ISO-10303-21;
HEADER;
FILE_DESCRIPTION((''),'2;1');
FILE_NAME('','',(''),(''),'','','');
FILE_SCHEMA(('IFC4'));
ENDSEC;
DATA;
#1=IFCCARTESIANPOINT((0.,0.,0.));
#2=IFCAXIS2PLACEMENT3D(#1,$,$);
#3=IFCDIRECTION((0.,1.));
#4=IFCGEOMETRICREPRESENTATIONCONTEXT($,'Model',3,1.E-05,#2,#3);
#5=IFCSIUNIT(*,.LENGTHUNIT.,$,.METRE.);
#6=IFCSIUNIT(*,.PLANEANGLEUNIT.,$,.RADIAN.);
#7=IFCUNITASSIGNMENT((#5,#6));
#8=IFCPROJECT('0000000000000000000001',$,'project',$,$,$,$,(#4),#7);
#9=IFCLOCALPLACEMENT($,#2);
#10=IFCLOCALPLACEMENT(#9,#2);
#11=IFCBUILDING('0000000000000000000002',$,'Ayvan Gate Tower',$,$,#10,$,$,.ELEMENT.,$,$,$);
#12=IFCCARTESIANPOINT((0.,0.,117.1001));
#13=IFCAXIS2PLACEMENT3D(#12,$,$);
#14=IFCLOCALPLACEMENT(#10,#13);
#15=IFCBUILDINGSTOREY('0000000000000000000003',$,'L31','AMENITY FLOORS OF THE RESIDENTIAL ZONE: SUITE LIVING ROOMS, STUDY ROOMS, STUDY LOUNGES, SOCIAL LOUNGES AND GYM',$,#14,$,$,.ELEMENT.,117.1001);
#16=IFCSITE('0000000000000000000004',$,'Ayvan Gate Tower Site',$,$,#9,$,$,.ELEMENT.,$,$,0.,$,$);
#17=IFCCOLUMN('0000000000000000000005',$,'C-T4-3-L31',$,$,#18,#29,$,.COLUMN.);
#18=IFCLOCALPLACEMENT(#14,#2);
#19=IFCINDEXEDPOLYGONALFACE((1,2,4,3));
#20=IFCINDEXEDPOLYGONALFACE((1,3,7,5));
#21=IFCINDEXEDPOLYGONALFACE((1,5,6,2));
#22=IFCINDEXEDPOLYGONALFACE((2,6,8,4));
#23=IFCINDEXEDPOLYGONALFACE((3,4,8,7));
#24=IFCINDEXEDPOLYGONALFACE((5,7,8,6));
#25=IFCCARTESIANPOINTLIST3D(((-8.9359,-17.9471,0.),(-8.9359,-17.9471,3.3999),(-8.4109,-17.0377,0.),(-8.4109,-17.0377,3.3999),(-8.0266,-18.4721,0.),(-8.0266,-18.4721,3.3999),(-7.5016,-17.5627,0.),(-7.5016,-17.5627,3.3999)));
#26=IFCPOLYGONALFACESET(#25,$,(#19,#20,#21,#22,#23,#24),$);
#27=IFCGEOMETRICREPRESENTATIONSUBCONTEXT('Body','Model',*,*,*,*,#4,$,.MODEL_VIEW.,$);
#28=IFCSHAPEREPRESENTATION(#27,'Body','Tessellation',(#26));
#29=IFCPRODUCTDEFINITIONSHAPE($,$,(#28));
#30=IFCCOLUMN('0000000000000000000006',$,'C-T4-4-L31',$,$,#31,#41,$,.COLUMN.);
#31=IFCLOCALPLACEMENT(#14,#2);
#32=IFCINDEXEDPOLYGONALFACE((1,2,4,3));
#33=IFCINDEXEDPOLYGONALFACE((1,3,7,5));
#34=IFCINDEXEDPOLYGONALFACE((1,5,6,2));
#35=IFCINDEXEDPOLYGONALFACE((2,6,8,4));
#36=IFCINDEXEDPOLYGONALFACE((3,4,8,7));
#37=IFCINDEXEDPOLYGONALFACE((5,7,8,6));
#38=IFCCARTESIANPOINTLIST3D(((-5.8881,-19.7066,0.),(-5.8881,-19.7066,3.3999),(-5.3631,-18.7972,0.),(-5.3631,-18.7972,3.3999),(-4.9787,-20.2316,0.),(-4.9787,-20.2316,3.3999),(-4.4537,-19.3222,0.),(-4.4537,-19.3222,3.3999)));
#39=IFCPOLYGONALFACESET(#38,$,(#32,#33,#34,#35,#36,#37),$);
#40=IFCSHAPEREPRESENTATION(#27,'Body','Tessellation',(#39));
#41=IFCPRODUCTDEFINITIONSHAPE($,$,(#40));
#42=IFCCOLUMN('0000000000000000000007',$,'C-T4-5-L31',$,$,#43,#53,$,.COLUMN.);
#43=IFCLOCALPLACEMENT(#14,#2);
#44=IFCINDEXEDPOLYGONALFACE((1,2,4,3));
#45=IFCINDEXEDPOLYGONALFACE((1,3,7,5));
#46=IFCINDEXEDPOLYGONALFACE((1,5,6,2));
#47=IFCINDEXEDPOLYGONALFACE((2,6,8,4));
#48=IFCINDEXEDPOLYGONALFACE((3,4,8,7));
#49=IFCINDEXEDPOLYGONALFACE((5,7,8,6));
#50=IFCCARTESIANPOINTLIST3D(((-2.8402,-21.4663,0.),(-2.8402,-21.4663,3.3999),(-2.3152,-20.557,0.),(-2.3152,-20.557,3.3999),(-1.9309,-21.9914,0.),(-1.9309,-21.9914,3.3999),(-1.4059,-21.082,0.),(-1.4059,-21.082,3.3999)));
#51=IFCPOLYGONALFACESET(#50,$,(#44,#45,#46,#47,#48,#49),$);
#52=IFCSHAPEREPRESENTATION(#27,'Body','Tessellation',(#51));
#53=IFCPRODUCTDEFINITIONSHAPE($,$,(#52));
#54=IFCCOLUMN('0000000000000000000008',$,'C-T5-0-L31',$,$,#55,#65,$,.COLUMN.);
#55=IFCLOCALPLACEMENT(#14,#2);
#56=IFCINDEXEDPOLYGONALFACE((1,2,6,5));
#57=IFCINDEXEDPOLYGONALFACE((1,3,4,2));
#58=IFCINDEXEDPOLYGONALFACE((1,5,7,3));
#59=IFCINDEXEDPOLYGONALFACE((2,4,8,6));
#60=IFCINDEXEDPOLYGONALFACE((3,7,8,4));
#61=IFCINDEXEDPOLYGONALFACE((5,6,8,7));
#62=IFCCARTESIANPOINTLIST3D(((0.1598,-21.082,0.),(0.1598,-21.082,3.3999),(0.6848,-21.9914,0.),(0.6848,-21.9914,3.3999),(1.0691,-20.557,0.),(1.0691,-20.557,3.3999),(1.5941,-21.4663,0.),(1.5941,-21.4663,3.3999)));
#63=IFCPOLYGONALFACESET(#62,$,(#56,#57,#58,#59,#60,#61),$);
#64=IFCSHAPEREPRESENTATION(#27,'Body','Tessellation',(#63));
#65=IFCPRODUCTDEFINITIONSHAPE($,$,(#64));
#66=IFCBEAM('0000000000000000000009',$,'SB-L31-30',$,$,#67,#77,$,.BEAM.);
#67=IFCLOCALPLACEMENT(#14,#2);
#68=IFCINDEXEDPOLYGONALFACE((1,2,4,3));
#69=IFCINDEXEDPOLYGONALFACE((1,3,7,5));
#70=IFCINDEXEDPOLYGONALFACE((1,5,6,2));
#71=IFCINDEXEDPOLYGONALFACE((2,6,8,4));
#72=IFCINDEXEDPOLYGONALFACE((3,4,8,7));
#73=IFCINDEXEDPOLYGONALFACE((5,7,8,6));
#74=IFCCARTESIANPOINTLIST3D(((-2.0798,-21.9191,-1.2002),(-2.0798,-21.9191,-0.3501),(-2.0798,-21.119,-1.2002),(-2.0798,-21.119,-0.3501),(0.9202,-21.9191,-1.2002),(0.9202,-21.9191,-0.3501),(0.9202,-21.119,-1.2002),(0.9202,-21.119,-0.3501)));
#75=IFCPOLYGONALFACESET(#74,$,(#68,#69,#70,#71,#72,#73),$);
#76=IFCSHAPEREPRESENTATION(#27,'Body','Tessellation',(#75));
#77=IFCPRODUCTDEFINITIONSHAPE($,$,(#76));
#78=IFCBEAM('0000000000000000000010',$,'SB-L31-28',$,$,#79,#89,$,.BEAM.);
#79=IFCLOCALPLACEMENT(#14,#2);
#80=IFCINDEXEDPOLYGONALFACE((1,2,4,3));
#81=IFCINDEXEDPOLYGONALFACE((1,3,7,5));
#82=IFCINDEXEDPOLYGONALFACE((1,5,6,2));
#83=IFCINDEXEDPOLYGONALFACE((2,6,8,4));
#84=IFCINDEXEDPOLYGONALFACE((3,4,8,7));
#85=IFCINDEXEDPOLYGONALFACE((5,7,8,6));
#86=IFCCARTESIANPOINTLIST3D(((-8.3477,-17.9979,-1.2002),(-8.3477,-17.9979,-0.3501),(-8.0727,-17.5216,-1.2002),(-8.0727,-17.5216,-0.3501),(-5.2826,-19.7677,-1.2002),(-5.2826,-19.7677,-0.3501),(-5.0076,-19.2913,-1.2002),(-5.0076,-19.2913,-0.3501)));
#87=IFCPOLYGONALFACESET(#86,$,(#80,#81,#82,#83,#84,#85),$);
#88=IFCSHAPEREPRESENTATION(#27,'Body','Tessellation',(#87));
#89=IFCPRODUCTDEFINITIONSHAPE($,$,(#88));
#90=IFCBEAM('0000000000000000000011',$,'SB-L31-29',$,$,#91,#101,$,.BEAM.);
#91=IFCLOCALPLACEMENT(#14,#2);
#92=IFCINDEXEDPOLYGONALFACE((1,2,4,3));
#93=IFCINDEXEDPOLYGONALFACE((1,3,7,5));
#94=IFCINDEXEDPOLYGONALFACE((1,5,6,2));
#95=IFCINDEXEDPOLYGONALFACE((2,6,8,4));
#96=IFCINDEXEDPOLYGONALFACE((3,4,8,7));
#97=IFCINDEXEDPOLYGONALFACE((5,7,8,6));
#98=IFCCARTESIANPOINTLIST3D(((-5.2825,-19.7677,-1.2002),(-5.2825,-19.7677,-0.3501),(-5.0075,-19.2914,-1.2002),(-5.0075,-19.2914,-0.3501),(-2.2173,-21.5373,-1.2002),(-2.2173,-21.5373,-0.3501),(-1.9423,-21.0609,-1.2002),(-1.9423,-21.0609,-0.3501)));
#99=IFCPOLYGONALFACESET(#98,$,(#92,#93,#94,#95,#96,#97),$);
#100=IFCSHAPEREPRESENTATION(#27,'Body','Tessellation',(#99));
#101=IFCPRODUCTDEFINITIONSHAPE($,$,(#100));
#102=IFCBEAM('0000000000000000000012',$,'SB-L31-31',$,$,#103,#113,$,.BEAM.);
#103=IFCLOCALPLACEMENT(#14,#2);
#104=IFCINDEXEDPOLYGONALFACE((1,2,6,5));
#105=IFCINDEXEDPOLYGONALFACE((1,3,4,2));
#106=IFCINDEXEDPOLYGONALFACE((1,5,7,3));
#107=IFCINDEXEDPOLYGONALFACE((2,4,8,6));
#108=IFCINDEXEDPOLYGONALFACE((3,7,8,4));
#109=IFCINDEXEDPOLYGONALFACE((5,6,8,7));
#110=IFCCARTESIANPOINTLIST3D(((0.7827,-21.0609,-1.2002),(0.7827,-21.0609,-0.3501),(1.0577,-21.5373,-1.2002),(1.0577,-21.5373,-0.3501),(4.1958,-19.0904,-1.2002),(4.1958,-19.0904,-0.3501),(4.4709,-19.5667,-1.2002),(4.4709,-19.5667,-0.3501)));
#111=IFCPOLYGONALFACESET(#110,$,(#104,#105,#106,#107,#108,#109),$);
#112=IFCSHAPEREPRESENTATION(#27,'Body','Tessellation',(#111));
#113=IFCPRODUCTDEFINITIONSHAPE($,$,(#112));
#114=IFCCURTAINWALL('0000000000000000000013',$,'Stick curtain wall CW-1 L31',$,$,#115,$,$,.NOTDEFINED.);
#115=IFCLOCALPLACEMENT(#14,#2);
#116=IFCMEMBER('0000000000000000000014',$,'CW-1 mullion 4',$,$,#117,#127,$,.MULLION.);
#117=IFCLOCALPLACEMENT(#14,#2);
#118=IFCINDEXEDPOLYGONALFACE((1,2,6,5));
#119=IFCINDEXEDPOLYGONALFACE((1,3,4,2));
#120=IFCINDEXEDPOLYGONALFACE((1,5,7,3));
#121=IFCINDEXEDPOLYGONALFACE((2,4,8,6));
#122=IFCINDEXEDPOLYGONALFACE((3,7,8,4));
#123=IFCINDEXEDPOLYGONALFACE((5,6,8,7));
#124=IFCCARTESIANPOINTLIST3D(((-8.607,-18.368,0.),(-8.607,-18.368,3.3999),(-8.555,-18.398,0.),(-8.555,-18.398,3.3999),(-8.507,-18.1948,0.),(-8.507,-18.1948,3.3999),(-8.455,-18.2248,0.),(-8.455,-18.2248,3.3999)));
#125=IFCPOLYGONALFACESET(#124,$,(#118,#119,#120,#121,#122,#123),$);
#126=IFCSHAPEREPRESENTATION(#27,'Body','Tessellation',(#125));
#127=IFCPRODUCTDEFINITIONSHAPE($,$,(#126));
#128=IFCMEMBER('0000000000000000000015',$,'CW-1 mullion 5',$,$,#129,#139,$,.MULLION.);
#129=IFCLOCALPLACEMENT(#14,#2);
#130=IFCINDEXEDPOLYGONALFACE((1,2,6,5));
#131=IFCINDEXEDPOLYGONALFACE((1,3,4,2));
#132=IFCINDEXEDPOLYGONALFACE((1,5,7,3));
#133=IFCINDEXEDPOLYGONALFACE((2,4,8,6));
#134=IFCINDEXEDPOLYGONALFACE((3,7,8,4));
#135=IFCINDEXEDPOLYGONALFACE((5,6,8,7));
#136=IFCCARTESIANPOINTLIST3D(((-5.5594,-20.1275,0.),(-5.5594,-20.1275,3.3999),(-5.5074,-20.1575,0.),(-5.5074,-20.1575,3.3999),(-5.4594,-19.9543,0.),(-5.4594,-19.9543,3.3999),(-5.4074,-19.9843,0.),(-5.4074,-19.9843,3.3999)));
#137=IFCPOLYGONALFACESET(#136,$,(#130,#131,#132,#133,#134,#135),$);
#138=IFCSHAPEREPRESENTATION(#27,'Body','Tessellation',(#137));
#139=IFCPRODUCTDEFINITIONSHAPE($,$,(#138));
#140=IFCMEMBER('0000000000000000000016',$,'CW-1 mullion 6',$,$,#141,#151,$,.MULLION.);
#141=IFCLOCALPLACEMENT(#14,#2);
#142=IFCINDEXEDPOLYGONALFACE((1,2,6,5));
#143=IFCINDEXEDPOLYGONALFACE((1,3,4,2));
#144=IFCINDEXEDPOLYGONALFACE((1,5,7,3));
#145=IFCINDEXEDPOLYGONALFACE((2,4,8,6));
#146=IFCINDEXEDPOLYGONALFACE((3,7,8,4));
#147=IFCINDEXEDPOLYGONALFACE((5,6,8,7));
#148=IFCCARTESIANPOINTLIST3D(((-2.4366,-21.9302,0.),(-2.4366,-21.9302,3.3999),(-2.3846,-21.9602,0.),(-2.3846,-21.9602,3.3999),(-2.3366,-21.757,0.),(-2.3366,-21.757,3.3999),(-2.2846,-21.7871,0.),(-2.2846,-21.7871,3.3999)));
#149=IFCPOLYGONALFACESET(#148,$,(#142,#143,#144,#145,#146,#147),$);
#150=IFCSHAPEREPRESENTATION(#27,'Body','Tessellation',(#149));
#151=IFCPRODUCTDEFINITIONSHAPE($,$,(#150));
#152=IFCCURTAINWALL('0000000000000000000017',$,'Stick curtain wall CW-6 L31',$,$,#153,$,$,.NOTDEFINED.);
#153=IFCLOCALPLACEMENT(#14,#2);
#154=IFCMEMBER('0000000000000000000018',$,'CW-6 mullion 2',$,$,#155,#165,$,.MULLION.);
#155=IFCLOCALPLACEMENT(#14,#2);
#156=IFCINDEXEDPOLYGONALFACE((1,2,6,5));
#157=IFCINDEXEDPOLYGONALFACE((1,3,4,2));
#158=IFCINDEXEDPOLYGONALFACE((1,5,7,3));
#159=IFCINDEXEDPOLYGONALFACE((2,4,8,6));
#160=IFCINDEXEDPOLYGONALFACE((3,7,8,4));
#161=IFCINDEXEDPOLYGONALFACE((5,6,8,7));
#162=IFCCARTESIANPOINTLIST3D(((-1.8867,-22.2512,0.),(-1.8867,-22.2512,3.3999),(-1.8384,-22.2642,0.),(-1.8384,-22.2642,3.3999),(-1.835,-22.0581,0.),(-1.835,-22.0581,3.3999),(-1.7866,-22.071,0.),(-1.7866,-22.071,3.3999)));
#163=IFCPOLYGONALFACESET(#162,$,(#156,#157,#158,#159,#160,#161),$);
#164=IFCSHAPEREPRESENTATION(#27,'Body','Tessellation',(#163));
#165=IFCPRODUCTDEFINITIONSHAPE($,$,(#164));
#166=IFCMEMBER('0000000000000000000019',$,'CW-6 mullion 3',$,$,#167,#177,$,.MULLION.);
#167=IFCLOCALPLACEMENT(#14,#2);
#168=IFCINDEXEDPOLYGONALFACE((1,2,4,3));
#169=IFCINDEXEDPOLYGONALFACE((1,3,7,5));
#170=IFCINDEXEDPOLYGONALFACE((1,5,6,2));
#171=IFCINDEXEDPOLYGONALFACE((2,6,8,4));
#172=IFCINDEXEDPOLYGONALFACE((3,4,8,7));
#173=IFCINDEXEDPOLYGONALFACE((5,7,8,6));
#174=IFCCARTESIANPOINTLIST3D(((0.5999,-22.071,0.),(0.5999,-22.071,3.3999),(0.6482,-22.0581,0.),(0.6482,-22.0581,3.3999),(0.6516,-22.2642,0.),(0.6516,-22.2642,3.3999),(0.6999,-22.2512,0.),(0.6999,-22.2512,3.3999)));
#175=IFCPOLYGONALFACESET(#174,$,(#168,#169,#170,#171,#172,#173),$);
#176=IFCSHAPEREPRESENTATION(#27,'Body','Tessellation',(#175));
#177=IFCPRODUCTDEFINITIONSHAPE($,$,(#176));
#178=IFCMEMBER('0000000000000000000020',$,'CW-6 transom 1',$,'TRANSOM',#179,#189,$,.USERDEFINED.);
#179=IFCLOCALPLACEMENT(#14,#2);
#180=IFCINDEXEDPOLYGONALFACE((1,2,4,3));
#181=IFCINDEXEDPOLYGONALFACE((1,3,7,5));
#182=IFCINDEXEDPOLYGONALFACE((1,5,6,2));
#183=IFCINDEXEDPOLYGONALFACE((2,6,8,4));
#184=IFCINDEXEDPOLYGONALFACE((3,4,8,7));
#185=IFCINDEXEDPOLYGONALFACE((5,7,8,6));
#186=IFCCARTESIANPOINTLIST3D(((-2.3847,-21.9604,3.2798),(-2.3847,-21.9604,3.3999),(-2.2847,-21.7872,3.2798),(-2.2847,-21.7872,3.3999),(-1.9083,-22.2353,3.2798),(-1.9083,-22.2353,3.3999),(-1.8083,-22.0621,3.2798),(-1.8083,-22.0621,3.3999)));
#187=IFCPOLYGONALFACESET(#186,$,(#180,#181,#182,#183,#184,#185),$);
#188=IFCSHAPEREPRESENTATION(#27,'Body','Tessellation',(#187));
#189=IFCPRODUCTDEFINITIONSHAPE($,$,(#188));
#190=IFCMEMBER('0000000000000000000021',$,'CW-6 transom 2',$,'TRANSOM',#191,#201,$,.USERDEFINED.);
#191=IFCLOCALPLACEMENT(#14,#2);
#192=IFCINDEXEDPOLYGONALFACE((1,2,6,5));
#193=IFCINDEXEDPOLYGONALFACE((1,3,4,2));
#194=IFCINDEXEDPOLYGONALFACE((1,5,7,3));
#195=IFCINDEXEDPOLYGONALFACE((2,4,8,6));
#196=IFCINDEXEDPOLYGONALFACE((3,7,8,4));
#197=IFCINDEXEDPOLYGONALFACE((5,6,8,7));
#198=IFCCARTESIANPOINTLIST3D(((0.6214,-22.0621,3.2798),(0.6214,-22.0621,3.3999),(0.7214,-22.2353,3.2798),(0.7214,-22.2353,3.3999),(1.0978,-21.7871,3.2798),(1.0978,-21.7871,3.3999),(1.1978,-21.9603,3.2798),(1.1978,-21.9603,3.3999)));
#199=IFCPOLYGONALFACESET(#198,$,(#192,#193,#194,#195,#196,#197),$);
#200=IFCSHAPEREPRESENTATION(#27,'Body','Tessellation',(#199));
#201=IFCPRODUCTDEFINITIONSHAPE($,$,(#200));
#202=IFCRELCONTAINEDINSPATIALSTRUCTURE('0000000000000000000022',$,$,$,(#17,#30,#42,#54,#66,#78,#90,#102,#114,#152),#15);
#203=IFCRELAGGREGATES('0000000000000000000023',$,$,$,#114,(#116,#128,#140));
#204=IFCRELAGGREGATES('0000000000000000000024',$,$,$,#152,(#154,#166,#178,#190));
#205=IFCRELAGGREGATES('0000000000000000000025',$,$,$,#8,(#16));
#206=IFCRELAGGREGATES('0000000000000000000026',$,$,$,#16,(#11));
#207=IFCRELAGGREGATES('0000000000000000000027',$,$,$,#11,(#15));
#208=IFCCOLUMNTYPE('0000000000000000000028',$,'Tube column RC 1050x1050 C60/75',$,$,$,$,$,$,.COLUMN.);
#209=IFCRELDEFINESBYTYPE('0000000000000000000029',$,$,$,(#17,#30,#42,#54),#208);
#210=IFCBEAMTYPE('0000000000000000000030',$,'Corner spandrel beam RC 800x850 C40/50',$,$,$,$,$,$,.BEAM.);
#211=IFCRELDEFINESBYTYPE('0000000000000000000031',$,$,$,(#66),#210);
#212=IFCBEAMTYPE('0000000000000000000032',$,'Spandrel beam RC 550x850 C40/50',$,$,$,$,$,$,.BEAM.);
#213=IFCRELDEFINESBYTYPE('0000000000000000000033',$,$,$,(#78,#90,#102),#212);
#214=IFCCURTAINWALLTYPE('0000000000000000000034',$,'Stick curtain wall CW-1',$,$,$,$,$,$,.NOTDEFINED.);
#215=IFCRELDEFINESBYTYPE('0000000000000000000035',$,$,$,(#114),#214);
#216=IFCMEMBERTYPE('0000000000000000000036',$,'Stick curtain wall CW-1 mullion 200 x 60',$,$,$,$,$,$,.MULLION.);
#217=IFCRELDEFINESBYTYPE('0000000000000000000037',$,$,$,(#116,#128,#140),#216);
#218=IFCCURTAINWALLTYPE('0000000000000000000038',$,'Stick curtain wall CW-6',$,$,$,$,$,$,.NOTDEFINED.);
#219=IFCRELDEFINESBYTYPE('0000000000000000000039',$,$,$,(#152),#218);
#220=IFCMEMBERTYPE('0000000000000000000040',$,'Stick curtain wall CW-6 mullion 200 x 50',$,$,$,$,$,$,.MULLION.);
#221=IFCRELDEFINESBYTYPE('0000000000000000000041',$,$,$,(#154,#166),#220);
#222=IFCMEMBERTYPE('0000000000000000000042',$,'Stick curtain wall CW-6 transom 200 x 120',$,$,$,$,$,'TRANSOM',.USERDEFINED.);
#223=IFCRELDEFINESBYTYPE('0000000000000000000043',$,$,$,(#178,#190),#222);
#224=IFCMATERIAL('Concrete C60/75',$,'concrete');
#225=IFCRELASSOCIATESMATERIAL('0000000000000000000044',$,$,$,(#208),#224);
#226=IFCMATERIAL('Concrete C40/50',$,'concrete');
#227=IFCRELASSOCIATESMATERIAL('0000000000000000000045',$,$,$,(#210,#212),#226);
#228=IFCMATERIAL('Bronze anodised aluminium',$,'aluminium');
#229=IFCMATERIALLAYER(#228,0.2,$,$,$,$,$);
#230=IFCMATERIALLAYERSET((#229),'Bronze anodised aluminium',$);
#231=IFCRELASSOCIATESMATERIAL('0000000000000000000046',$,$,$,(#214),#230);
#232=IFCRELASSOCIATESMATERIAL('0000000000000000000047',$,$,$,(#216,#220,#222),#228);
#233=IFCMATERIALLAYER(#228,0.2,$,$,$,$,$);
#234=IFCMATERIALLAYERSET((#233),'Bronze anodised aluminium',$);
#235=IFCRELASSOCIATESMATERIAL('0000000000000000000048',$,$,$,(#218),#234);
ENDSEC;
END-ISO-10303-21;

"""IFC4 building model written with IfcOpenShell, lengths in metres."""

from ifc_helpers import new_model, si_unit, direction, frame, origin, origin_2d, place, context, subcontext, project, spatial, rectangle, extrude, material, layer, layer_set, material_profile, profile_set, type_object, element, aggregate, save


model = new_model("IFC4")

# Units and contexts
model_context = context("Model", 3, precision=1e-05, world=origin(), true_north=direction((0.0, 1.0)))
body_context = subcontext(model_context, "Body", "Model", "MODEL_VIEW")
ifc_project = project(units=[si_unit("LENGTHUNIT", "METRE"), si_unit("PLANEANGLEUNIT", "RADIAN")], contexts=[model_context])

# Site, building, storey
site_placement = place(None, origin())
site = spatial("IfcSite", under=ifc_project, at=site_placement, Name="Ayvan Gate Tower Site", CompositionType="ELEMENT", RefElevation=0.0)
building_placement = place(site_placement, origin())
building = spatial("IfcBuilding", under=site, at=building_placement, Name="Ayvan Gate Tower", CompositionType="ELEMENT")
storey_placement = place(building_placement, frame((0.0, 0.0, 117.1001)))
storey = spatial("IfcBuildingStorey", under=building, at=storey_placement, Name="L31", Description="AMENITY FLOORS OF THE RESIDENTIAL ZONE: SUITE LIVING ROOMS, STUDY ROOMS, STUDY LOUNGES, SOCIAL LOUNGES AND GYM", CompositionType="ELEMENT", Elevation=117.1001)

# Columns
ifc_material_1 = material(Name="Concrete C60/75", Category="concrete")
ifc_material_profile_1 = material_profile(ifc_material_1, rectangle(XDim=1.05, YDim=1.05, at=origin_2d()), Name="RC 1050x1050")
ifc_profile_set_1 = profile_set([ifc_material_profile_1], Name="Concrete C60/75")
column_type = type_object("IfcColumnType", Name="Tube column RC 1050x1050 C60/75", PredefinedType="COLUMN", material=ifc_profile_set_1)
for number, where, z_axis, x_axis, name in (
    (1, (-8.2188, -17.7549, 0.0), (0.0, 0.0, 1.0), (-0.5, -0.866025, 0.0), "C-T4-3-L31"),
    (2, (-5.1709, -19.5144, 0.0), (0.0, 0.0, 1.0), (-0.5, -0.866025, 0.0), "C-T4-4-L31"),
    (3, (-2.123, -21.2742, 0.0), (0.0, 0.0, 1.0), (-0.5, -0.866025, 0.0), "C-T4-5-L31"),
    (4, (0.877, -21.2742, 0.0), (0.0, 0.0, 1.0), (0.5, -0.866025, 0.0), "C-T5-0-L31"),
):
    element("IfcColumn", number, at=place(storey_placement, frame(where, z_axis=z_axis, x_axis=x_axis)), inside=storey, type_object=column_type, Name=name, PredefinedType="COLUMN", context=body_context, shape_type="SweptSolid", body=[
        extrude(rectangle(XDim=1.05, YDim=1.05, at=origin_2d()), origin(), (0.0, 0.0, 1.0), 3.3999),
    ])

# Beams
ifc_material_2 = material(Name="Concrete C40/50", Category="concrete")
ifc_material_profile_2 = material_profile(ifc_material_2, rectangle(XDim=0.8, YDim=0.8501, at=origin_2d()), Name="RC 800x850")
ifc_profile_set_2 = profile_set([ifc_material_profile_2], Name="Concrete C40/50")
beam_type_1 = type_object("IfcBeamType", Name="Corner spandrel beam RC 800x850 C40/50", PredefinedType="BEAM", material=ifc_profile_set_2)
beam_1_placement = place(storey_placement, frame((-2.0798, -21.519, -0.7751), z_axis=(1.0, 0.0, 0.0), x_axis=(0.0, 1.0, 0.0)))
element("IfcBeam", 5, at=beam_1_placement, inside=storey, type_object=beam_type_1, Name="SB-L31-30", PredefinedType="BEAM", context=body_context, shape_type="SweptSolid", body=[
    extrude(rectangle(XDim=0.8, YDim=0.8501, at=origin_2d()), origin(), (0.0, 0.0, 1.0), 3.0),
])
ifc_material_profile_3 = material_profile(ifc_material_2, rectangle(XDim=0.55, YDim=0.8501, at=origin_2d()), Name="RC 550x850")
ifc_profile_set_3 = profile_set([ifc_material_profile_3], Name="Concrete C40/50")
beam_type_2 = type_object("IfcBeamType", Name="Spandrel beam RC 550x850 C40/50", PredefinedType="BEAM", material=ifc_profile_set_3)
for number, where, z_axis, x_axis, name in (
    (6, (-8.2102, -17.7598, -0.7751), (0.866014, -0.500019, 0.0), (0.500019, 0.866014, 0.0), "SB-L31-28"),
    (7, (-5.145, -19.5295, -0.7751), (0.866044, -0.499967, 0.0), (0.499967, 0.866044, 0.0), "SB-L31-29"),
):
    element("IfcBeam", number, at=place(storey_placement, frame(where, z_axis=z_axis, x_axis=x_axis)), inside=storey, type_object=beam_type_2, Name=name, PredefinedType="BEAM", context=body_context, shape_type="SweptSolid", body=[
        extrude(rectangle(XDim=0.55, YDim=0.8501, at=origin_2d()), origin(), (0.0, 0.0, 1.0), 3.5393),
    ])
beam_2_placement = place(storey_placement, frame((0.9202, -21.2991, -0.7751), z_axis=(0.866035, 0.499983, 0.0), x_axis=(-0.499983, 0.866035, 0.0)))
element("IfcBeam", 8, at=beam_2_placement, inside=storey, type_object=beam_type_2, Name="SB-L31-31", PredefinedType="BEAM", context=body_context, shape_type="SweptSolid", body=[
    extrude(rectangle(XDim=0.55, YDim=0.8501, at=origin_2d()), origin(), (0.0, 0.0, 1.0), 3.9412),
])

# Curtain walls, members
ifc_material_3 = material(Name="Bronze anodised aluminium", Category="aluminium")
ifc_layer_1 = layer(ifc_material_3, 0.2)
ifc_layer_set_1 = layer_set([ifc_layer_1], Name="Bronze anodised aluminium")
curtain_wall_type_1 = type_object("IfcCurtainWallType", Name="Stick curtain wall CW-1", PredefinedType="NOTDEFINED", material=ifc_layer_set_1)
curtain_wall_1_placement = place(storey_placement, origin())
curtain_wall_1 = element("IfcCurtainWall", 9, at=curtain_wall_1_placement, inside=storey, type_object=curtain_wall_type_1, Name="Stick curtain wall CW-1 L31", PredefinedType="NOTDEFINED")
ifc_material_profile_4 = material_profile(ifc_material_3, rectangle(XDim=0.2, YDim=0.0601, at=origin_2d()), Name="Stick curtain wall CW-1 mullion 200 x 60")
ifc_profile_set_4 = profile_set([ifc_material_profile_4], Name="Bronze anodised aluminium")
member_type_1 = type_object("IfcMemberType", Name="Stick curtain wall CW-1 mullion 200 x 60", PredefinedType="MULLION", material=ifc_profile_set_4)
member_1_placement = place(storey_placement, frame((-8.531, -18.2964, 0.0), z_axis=(0.0, 0.0, 1.0), x_axis=(-0.5, -0.866025, 0.0)))
member_1 = element("IfcMember", 10, at=member_1_placement, type_object=member_type_1, Name="CW-1 mullion 4", PredefinedType="MULLION", context=body_context, shape_type="SweptSolid", body=[
    extrude(rectangle(XDim=0.2, YDim=0.0601, at=origin_2d()), origin(), (0.0, 0.0, 1.0), 3.3999),
])
member_2_placement = place(storey_placement, frame((-5.4834, -20.0559, 0.0), z_axis=(0.0, 0.0, 1.0), x_axis=(-0.5, -0.866025, 0.0)))
member_2 = element("IfcMember", 11, at=member_2_placement, type_object=member_type_1, Name="CW-1 mullion 5", PredefinedType="MULLION", context=body_context, shape_type="SweptSolid", body=[
    extrude(rectangle(XDim=0.2, YDim=0.0601, at=origin_2d()), origin(), (0.0, 0.0, 1.0), 3.3999),
])
member_3_placement = place(storey_placement, frame((-2.3606, -21.8586, 0.0), z_axis=(0.0, 0.0, 1.0), x_axis=(-0.5, -0.866025, 0.0)))
member_3 = element("IfcMember", 12, at=member_3_placement, type_object=member_type_1, Name="CW-1 mullion 6", PredefinedType="MULLION", context=body_context, shape_type="SweptSolid", body=[
    extrude(rectangle(XDim=0.2, YDim=0.0601, at=origin_2d()), origin(), (0.0, 0.0, 1.0), 3.3999),
])
ifc_layer_2 = layer(ifc_material_3, 0.2)
ifc_layer_set_2 = layer_set([ifc_layer_2], Name="Bronze anodised aluminium")
curtain_wall_type_2 = type_object("IfcCurtainWallType", Name="Stick curtain wall CW-6", PredefinedType="NOTDEFINED", material=ifc_layer_set_2)
curtain_wall_2_placement = place(storey_placement, origin())
curtain_wall_2 = element("IfcCurtainWall", 13, at=curtain_wall_2_placement, inside=storey, type_object=curtain_wall_type_2, Name="Stick curtain wall CW-6 L31", PredefinedType="NOTDEFINED")
ifc_material_profile_5 = material_profile(ifc_material_3, rectangle(XDim=0.2, YDim=0.05, at=origin_2d()), Name="Stick curtain wall CW-6 mullion 200 x 50")
ifc_profile_set_5 = profile_set([ifc_material_profile_5], Name="Bronze anodised aluminium")
member_type_2 = type_object("IfcMemberType", Name="Stick curtain wall CW-6 mullion 200 x 50", PredefinedType="MULLION", material=ifc_profile_set_5)
member_4_placement = place(storey_placement, frame((-1.8367, -22.1611, 0.0), z_axis=(0.0, 0.0, 1.0), x_axis=(-0.258819, -0.965926, 0.0)))
member_4 = element("IfcMember", 14, at=member_4_placement, type_object=member_type_2, Name="CW-6 mullion 2", PredefinedType="MULLION", context=body_context, shape_type="SweptSolid", body=[
    extrude(rectangle(XDim=0.2, YDim=0.05, at=origin_2d()), origin(), (0.0, 0.0, 1.0), 3.3999),
])
member_5_placement = place(storey_placement, frame((0.6499, -22.1611, 0.0), z_axis=(0.0, 0.0, 1.0), x_axis=(0.258819, -0.965926, 0.0)))
member_5 = element("IfcMember", 15, at=member_5_placement, type_object=member_type_2, Name="CW-6 mullion 3", PredefinedType="MULLION", context=body_context, shape_type="SweptSolid", body=[
    extrude(rectangle(XDim=0.2, YDim=0.05, at=origin_2d()), origin(), (0.0, 0.0, 1.0), 3.3999),
])
ifc_material_profile_6 = material_profile(ifc_material_3, rectangle(XDim=0.2, YDim=0.1201, at=origin_2d()), Name="Stick curtain wall CW-6 transom 200 x 120")
ifc_profile_set_6 = profile_set([ifc_material_profile_6], Name="Bronze anodised aluminium")
member_type_3 = type_object("IfcMemberType", Name="Stick curtain wall CW-6 transom 200 x 120", ElementType="TRANSOM", PredefinedType="USERDEFINED", material=ifc_profile_set_6)
member_6_placement = place(storey_placement, frame((-2.3347, -21.8738, 3.3398), z_axis=(0.866104, -0.499863, 0.0), x_axis=(0.499863, 0.866104, 0.0)))
member_6 = element("IfcMember", 16, at=member_6_placement, type_object=member_type_3, Name="CW-6 transom 1", ObjectType="TRANSOM", PredefinedType="USERDEFINED", context=body_context, shape_type="SweptSolid", body=[
    extrude(rectangle(XDim=0.2, YDim=0.1201, at=origin_2d()), origin(), (0.0, 0.0, 1.0), 0.55),
])
member_7_placement = place(storey_placement, frame((0.6714, -22.1487, 3.3398), z_axis=(0.866104, 0.499863, 0.0), x_axis=(-0.499863, 0.866104, 0.0)))
member_7 = element("IfcMember", 17, at=member_7_placement, type_object=member_type_3, Name="CW-6 transom 2", ObjectType="TRANSOM", PredefinedType="USERDEFINED", context=body_context, shape_type="SweptSolid", body=[
    extrude(rectangle(XDim=0.2, YDim=0.1201, at=origin_2d()), origin(), (0.0, 0.0, 1.0), 0.55),
])

aggregate(curtain_wall_1, [member_1, member_2, member_3])
aggregate(curtain_wall_2, [member_4, member_5, member_6, member_7])

save(model, "model.ifc")
